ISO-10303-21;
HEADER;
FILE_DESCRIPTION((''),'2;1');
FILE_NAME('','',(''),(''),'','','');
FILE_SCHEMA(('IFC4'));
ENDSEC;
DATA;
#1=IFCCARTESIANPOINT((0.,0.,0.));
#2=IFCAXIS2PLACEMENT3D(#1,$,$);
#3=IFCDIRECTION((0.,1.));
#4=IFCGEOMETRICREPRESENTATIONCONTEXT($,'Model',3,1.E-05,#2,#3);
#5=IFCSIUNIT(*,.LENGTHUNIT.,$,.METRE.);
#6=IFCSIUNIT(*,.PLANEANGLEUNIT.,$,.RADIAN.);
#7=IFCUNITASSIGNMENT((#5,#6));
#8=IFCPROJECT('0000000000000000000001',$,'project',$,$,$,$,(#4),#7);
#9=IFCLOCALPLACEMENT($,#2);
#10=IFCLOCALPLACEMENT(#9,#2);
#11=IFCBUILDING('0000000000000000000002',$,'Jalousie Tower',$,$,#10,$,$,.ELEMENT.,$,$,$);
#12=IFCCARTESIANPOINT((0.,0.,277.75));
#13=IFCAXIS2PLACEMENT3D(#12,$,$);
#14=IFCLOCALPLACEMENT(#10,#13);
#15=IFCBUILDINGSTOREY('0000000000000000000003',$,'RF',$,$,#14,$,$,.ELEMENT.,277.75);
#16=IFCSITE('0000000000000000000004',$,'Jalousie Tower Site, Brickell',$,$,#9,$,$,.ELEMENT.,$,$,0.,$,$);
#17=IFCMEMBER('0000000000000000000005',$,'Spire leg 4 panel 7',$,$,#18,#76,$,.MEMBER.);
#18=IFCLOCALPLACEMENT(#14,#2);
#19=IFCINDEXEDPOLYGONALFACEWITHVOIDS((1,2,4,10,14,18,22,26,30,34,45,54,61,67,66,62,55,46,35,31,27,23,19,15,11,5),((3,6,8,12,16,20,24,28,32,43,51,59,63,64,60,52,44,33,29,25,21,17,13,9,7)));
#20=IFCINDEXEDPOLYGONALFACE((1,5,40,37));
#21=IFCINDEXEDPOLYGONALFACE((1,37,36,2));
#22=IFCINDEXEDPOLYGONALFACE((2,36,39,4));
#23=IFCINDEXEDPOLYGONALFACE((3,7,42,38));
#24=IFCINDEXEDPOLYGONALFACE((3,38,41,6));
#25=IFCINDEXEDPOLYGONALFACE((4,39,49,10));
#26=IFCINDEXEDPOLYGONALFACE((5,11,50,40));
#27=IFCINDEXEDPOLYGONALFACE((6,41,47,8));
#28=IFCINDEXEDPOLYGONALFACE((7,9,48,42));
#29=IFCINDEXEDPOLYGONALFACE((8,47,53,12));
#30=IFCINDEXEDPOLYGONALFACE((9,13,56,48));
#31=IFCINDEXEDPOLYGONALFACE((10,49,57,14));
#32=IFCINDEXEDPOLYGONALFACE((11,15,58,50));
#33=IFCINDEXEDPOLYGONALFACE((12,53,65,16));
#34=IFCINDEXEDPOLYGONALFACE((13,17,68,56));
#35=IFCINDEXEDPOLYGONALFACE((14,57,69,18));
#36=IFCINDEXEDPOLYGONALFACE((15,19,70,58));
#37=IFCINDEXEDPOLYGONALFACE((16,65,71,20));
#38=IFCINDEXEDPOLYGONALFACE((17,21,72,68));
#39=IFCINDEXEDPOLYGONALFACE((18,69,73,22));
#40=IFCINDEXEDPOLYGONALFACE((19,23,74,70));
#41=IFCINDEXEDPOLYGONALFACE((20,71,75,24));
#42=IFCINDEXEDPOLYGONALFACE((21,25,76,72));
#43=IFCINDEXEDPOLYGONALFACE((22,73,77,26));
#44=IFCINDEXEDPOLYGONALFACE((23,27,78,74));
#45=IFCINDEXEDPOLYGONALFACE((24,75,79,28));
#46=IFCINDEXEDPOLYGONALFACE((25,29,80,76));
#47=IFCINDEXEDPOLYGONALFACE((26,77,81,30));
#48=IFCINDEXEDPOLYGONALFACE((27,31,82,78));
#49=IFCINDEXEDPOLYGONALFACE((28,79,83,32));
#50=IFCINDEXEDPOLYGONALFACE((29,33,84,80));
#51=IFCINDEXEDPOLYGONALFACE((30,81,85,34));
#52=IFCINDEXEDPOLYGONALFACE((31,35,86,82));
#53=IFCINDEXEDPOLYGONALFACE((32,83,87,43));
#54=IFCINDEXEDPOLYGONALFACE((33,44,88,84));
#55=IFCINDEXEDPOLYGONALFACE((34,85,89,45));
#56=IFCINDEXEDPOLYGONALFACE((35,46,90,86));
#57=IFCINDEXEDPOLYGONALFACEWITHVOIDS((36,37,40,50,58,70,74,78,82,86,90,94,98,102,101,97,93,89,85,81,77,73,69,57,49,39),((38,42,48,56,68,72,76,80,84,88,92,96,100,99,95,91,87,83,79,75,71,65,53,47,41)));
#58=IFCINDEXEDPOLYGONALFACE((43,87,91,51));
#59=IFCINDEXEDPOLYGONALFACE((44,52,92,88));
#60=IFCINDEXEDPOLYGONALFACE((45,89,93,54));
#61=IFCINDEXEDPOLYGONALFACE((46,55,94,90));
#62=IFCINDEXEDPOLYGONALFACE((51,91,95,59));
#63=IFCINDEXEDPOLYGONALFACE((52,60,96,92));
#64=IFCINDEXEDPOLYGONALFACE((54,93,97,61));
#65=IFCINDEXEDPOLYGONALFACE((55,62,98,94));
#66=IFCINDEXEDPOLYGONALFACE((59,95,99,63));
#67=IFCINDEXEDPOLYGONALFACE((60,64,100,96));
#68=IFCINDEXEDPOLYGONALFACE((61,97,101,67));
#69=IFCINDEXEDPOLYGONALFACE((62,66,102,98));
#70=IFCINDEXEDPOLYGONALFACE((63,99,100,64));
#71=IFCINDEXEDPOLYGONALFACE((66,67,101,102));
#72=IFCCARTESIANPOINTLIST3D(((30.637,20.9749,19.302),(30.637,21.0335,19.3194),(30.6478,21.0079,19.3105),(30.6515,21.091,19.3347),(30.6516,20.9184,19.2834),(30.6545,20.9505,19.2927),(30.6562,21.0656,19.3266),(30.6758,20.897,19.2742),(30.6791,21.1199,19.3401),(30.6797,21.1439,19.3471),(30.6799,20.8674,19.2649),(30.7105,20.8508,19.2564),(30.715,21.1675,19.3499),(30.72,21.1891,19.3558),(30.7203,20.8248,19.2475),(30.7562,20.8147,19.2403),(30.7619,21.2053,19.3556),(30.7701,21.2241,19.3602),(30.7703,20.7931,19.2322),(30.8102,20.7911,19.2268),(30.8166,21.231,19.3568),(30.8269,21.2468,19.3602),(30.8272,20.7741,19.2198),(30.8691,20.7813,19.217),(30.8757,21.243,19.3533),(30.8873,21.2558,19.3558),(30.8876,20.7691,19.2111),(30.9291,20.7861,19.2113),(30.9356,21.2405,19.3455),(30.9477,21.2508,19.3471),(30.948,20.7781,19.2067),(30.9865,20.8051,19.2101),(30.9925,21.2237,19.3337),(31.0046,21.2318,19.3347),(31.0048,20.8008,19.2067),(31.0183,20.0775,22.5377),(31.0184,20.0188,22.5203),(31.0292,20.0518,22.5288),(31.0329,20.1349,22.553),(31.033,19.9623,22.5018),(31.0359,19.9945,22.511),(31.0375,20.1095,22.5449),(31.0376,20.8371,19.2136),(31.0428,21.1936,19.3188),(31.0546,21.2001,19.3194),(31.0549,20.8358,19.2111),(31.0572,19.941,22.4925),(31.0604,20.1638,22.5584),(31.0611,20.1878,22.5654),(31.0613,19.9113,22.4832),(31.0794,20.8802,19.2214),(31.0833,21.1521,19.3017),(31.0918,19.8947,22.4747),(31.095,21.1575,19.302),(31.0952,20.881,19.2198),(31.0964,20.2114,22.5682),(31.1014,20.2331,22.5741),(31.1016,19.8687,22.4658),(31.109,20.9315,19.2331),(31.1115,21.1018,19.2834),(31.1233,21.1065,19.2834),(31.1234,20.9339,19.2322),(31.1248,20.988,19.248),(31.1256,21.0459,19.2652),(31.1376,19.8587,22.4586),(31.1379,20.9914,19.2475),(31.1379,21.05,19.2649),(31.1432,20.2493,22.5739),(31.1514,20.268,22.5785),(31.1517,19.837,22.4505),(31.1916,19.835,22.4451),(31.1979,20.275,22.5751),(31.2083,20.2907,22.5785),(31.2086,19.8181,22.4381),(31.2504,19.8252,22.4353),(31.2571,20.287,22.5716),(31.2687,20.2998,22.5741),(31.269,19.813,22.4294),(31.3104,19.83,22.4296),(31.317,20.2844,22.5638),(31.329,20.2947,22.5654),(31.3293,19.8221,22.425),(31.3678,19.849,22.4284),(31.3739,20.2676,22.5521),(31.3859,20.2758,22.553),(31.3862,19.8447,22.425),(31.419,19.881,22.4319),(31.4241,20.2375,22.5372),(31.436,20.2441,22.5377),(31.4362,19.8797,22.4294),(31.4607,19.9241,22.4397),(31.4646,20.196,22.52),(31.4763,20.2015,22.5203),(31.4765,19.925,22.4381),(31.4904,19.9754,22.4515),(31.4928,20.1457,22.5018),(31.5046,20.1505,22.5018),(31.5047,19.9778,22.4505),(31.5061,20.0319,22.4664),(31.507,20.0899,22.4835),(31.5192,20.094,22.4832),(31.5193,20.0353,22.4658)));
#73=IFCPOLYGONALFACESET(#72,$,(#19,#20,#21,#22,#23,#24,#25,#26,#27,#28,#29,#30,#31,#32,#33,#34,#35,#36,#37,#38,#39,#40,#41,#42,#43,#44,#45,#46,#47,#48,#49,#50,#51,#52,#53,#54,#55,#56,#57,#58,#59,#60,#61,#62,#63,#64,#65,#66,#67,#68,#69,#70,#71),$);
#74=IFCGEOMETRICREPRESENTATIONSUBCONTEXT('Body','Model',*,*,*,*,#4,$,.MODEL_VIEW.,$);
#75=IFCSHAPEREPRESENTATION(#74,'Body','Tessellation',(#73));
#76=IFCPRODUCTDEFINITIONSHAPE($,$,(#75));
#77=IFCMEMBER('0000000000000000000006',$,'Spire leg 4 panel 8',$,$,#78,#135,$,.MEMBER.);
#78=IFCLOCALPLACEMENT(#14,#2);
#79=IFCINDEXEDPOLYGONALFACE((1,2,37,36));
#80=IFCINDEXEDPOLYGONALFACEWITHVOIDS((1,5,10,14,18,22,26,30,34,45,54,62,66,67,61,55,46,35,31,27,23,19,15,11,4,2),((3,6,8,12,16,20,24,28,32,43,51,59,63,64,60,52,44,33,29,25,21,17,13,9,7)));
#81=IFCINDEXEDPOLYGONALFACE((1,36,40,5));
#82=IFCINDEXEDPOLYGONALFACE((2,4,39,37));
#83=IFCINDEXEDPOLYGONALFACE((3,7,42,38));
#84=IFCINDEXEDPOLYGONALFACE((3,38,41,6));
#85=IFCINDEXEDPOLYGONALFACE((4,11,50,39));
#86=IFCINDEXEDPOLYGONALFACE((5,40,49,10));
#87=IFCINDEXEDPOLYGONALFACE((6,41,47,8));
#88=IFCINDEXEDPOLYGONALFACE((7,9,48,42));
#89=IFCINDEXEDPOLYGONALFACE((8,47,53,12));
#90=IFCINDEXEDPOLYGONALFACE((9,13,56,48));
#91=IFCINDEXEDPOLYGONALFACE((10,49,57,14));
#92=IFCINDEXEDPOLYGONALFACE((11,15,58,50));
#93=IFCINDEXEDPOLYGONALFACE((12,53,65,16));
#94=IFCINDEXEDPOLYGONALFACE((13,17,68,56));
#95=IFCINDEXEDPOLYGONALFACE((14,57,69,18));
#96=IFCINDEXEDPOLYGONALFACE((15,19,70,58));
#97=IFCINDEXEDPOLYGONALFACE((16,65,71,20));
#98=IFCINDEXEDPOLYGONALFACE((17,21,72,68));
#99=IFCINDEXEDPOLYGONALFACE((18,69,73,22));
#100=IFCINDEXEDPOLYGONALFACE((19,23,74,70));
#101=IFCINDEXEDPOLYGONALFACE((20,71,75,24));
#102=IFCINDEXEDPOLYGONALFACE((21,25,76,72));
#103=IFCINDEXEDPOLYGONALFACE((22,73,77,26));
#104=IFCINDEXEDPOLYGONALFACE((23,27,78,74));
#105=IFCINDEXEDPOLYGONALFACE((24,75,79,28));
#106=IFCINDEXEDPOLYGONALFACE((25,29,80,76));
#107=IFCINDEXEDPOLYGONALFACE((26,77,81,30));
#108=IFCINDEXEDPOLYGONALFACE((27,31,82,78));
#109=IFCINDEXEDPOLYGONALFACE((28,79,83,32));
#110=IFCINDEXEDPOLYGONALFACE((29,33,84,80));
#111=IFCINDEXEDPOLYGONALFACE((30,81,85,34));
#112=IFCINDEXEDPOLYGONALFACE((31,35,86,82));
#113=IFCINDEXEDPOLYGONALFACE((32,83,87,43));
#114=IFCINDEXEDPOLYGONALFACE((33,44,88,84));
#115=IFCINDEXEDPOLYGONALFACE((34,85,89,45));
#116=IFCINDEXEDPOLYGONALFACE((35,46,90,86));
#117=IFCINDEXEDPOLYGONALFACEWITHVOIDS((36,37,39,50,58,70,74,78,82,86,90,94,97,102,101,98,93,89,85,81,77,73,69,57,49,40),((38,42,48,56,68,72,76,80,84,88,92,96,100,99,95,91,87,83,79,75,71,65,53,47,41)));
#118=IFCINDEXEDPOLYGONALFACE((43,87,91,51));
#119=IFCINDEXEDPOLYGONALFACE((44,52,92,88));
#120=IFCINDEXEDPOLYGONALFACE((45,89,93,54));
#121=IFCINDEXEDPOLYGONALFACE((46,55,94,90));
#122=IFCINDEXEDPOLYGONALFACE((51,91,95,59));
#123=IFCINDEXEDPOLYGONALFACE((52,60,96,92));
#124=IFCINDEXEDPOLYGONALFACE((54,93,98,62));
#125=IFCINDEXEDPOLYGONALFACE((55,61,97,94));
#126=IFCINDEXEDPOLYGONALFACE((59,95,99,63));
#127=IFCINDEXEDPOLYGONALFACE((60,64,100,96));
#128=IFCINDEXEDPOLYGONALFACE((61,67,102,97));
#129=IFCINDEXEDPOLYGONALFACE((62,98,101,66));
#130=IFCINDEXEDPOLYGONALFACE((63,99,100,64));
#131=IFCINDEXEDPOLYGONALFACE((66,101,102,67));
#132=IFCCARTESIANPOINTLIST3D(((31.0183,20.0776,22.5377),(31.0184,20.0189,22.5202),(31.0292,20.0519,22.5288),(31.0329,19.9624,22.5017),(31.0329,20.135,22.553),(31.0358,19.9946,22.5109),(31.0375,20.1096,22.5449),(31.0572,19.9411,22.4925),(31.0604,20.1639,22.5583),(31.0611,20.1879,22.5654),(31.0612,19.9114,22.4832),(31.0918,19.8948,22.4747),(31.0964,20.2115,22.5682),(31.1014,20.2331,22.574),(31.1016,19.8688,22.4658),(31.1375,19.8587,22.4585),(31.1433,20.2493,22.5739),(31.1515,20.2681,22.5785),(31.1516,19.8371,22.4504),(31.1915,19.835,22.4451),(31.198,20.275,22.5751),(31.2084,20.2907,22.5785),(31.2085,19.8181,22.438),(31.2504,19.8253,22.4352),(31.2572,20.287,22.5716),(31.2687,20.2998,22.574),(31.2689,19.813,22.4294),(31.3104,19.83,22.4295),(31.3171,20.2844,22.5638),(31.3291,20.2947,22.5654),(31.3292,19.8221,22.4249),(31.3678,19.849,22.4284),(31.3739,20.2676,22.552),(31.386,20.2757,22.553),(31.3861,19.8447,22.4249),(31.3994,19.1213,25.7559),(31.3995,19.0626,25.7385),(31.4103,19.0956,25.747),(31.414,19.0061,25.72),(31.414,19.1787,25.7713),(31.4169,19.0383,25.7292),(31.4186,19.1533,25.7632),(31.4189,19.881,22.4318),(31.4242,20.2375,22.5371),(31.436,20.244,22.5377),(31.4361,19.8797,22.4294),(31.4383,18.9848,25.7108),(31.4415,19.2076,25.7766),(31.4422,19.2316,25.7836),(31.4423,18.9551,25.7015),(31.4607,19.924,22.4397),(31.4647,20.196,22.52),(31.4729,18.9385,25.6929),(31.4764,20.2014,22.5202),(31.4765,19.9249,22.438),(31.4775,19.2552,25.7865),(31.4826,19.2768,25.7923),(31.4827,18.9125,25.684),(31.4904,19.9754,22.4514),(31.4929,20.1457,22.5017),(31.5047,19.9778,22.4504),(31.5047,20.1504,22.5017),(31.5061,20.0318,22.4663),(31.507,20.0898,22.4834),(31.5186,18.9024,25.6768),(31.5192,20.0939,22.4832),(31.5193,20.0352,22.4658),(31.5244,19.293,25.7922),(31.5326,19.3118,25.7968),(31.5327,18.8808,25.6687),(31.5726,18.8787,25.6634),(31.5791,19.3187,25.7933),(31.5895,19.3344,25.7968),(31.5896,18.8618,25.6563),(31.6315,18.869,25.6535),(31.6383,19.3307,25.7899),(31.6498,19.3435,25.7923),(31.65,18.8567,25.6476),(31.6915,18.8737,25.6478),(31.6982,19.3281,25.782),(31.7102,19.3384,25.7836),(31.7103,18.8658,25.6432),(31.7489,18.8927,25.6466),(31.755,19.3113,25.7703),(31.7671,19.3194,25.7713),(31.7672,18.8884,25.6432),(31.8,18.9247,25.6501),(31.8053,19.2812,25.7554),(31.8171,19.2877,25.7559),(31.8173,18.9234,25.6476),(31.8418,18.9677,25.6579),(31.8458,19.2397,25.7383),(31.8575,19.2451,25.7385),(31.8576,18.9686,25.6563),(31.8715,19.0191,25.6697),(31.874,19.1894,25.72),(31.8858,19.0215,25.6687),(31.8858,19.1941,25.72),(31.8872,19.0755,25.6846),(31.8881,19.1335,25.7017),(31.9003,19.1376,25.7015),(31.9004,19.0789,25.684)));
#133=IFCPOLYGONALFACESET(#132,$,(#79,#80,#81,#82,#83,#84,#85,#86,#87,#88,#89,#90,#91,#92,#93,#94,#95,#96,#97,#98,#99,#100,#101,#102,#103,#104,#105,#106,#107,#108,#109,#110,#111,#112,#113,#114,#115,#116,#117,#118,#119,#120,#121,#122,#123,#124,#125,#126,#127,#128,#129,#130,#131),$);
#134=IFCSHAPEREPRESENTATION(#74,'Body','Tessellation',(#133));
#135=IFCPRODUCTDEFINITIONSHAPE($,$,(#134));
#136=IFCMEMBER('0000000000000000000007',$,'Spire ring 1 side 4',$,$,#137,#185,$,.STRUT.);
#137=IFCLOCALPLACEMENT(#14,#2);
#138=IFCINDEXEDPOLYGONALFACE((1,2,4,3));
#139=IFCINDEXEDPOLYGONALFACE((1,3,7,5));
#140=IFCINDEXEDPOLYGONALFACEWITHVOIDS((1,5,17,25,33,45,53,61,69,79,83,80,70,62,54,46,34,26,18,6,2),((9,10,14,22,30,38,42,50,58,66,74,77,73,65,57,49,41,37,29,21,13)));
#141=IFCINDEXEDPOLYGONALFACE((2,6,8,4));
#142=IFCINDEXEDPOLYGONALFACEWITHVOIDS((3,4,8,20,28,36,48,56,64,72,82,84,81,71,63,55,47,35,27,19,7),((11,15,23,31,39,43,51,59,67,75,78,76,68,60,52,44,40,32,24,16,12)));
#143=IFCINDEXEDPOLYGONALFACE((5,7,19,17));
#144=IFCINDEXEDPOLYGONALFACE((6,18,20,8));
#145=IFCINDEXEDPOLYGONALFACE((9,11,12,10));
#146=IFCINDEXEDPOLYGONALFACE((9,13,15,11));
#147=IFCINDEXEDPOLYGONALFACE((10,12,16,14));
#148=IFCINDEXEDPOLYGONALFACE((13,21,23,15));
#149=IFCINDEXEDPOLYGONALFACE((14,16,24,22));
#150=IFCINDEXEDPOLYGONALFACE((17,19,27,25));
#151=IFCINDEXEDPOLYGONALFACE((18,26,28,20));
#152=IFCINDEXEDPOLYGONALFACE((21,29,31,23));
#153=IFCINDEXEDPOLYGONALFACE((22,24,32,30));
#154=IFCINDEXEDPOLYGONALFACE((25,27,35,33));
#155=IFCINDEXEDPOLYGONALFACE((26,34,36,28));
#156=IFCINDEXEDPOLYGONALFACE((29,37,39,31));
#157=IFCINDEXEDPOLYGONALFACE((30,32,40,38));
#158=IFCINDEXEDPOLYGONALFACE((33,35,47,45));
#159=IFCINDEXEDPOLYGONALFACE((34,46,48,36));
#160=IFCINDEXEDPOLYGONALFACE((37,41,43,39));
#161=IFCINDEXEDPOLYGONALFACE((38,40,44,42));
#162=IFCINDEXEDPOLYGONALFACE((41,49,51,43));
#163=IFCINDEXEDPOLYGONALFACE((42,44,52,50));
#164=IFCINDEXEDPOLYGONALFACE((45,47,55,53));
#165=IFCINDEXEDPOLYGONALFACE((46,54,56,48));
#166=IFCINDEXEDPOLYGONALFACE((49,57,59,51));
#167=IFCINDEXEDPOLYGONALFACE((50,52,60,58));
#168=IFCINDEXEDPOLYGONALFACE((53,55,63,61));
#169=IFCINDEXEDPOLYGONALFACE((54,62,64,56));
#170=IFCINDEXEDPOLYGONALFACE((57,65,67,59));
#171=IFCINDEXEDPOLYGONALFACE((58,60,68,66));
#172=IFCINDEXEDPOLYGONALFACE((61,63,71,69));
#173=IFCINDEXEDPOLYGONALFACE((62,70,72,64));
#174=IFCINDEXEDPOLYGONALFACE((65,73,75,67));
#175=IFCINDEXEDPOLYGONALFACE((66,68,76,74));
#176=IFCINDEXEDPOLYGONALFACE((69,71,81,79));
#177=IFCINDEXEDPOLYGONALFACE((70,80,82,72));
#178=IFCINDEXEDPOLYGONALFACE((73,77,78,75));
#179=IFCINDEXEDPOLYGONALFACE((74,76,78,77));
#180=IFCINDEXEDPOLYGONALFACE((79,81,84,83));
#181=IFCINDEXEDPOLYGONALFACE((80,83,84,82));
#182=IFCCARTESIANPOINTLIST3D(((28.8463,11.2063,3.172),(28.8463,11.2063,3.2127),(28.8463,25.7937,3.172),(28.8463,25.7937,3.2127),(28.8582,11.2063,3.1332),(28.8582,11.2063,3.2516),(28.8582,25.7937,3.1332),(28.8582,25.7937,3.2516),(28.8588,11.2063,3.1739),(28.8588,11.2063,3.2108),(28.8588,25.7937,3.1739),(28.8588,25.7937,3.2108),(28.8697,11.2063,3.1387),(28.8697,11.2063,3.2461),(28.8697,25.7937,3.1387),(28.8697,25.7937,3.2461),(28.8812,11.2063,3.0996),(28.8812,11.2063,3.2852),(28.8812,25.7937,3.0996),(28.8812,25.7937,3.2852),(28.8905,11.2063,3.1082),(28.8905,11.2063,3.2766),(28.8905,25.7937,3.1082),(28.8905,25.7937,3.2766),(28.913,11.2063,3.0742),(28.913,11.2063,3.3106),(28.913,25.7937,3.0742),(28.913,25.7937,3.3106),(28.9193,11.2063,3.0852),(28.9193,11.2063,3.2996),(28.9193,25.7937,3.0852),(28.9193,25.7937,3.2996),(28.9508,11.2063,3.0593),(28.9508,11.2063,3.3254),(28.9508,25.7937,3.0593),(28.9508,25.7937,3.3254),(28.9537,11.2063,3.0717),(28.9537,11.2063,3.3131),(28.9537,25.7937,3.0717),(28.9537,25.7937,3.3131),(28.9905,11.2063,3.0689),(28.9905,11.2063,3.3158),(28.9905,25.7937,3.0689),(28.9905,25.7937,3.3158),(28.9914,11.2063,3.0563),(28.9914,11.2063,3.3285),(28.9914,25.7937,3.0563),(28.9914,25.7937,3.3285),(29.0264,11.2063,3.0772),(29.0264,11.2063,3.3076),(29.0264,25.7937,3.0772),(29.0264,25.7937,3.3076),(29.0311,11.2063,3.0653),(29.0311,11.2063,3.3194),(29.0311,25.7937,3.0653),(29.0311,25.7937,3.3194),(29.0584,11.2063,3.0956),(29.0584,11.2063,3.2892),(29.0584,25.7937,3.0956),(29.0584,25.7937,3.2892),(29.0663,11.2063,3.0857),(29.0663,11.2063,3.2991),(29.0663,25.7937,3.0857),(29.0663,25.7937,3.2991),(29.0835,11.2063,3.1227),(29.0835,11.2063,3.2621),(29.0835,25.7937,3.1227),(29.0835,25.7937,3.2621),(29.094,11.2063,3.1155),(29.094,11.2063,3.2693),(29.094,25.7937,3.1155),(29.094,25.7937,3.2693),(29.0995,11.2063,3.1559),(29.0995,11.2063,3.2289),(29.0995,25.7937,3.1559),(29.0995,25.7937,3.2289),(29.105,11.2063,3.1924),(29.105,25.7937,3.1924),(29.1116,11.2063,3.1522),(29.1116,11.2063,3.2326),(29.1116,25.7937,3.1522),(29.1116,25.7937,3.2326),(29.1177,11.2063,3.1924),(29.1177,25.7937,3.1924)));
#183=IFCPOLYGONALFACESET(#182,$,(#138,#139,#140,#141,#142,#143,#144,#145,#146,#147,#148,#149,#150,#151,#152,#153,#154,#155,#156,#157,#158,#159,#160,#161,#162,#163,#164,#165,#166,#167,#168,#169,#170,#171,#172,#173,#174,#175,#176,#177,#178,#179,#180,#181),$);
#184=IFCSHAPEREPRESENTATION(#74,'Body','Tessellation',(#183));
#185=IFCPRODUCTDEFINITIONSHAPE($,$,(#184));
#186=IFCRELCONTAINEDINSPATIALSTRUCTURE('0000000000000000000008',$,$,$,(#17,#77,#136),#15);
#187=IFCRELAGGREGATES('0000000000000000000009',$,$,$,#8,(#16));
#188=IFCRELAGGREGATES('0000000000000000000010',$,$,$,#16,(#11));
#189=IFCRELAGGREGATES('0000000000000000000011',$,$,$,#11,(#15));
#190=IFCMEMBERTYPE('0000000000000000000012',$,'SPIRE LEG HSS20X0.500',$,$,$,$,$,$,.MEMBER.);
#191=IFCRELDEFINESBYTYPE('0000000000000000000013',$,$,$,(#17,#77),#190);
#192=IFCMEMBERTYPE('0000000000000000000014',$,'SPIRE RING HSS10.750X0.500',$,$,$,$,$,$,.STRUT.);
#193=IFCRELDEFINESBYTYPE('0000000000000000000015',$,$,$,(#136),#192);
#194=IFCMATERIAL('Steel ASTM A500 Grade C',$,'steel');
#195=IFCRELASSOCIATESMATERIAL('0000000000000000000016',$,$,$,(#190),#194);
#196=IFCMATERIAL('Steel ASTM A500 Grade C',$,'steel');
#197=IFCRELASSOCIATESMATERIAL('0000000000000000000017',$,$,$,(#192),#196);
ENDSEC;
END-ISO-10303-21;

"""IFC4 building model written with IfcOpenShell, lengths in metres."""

from ifc_helpers import new_model, si_unit, direction, frame, origin, origin_2d, place, context, subcontext, project, spatial, hollow_circle, extrude, material, material_profile, profile_set, type_object, element, save


model = new_model("IFC4")

# Units and contexts
model_context = context("Model", 3, precision=1e-05, world=origin(), true_north=direction((0.0, 1.0)))
body_context = subcontext(model_context, "Body", "Model", "MODEL_VIEW")
ifc_project = project(units=[si_unit("LENGTHUNIT", "METRE"), si_unit("PLANEANGLEUNIT", "RADIAN")], contexts=[model_context])

# Site, building, storey
site_placement = place(None, origin())
site = spatial("IfcSite", under=ifc_project, at=site_placement, Name="Jalousie Tower Site, Brickell", CompositionType="ELEMENT", RefElevation=0.0)
building_placement = place(site_placement, origin())
building = spatial("IfcBuilding", under=site, at=building_placement, Name="Jalousie Tower", CompositionType="ELEMENT")
storey_placement = place(building_placement, frame((0.0, 0.0, 277.75)))
storey = spatial("IfcBuildingStorey", under=building, at=storey_placement, Name="RF", CompositionType="ELEMENT", Elevation=277.75)

# Members
ifc_material_1 = material(Name="Steel ASTM A500 Grade C", Category="steel")
ifc_material_profile_1 = material_profile(ifc_material_1, hollow_circle(Radius=0.2539, WallThickness=0.0127, at=origin_2d()), Name="HSS20X0.500")
ifc_profile_set_1 = profile_set([ifc_material_profile_1], Name="Steel ASTM A500 Grade C")
member_type_1 = type_object("IfcMemberType", Name="SPIRE LEG HSS20X0.500", PredefinedType="MEMBER", material=ifc_profile_set_1)
for number, where, z_axis, x_axis, name in (
    (1, (30.8875, 21.0125, 19.2834), (0.112863, -0.282952, 0.952471), (0.928836, 0.370491, 0.0), "Spire leg 4 panel 7"),
    (2, (31.2688, 20.0564, 22.5017), (0.112789, -0.283021, 0.952459), (0.92895, 0.370205, 0.0), "Spire leg 4 panel 8"),
):
    element("IfcMember", number, at=place(storey_placement, frame(where, z_axis=z_axis, x_axis=x_axis)), inside=storey, type_object=member_type_1, Name=name, PredefinedType="MEMBER", context=body_context, shape_type="SweptSolid", body=[
        extrude(hollow_circle(Radius=0.2539, WallThickness=0.0127, at=origin_2d()), origin(), (0.0, 0.0, 1.0), 3.3789),
    ])
ifc_material_2 = material(Name="Steel ASTM A500 Grade C", Category="steel")
ifc_material_profile_2 = material_profile(ifc_material_2, hollow_circle(Radius=0.1365, WallThickness=0.0127, at=origin_2d()), Name="HSS10.750X0.500")
ifc_profile_set_2 = profile_set([ifc_material_profile_2], Name="Steel ASTM A500 Grade C")
member_type_2 = type_object("IfcMemberType", Name="SPIRE RING HSS10.750X0.500", PredefinedType="STRUT", material=ifc_profile_set_2)
member_1_placement = place(storey_placement, frame((28.9812, 25.7937, 3.1924), z_axis=(0.0, -1.0, 0.0), x_axis=(1.0, 0.0, 0.0)))
element("IfcMember", 3, at=member_1_placement, inside=storey, type_object=member_type_2, Name="Spire ring 1 side 4", PredefinedType="STRUT", context=body_context, shape_type="SweptSolid", body=[
    extrude(hollow_circle(Radius=0.1365, WallThickness=0.0127, at=origin_2d()), origin(), (0.0, 0.0, 1.0), 14.5874),
])

save(model, "model.ifc")
